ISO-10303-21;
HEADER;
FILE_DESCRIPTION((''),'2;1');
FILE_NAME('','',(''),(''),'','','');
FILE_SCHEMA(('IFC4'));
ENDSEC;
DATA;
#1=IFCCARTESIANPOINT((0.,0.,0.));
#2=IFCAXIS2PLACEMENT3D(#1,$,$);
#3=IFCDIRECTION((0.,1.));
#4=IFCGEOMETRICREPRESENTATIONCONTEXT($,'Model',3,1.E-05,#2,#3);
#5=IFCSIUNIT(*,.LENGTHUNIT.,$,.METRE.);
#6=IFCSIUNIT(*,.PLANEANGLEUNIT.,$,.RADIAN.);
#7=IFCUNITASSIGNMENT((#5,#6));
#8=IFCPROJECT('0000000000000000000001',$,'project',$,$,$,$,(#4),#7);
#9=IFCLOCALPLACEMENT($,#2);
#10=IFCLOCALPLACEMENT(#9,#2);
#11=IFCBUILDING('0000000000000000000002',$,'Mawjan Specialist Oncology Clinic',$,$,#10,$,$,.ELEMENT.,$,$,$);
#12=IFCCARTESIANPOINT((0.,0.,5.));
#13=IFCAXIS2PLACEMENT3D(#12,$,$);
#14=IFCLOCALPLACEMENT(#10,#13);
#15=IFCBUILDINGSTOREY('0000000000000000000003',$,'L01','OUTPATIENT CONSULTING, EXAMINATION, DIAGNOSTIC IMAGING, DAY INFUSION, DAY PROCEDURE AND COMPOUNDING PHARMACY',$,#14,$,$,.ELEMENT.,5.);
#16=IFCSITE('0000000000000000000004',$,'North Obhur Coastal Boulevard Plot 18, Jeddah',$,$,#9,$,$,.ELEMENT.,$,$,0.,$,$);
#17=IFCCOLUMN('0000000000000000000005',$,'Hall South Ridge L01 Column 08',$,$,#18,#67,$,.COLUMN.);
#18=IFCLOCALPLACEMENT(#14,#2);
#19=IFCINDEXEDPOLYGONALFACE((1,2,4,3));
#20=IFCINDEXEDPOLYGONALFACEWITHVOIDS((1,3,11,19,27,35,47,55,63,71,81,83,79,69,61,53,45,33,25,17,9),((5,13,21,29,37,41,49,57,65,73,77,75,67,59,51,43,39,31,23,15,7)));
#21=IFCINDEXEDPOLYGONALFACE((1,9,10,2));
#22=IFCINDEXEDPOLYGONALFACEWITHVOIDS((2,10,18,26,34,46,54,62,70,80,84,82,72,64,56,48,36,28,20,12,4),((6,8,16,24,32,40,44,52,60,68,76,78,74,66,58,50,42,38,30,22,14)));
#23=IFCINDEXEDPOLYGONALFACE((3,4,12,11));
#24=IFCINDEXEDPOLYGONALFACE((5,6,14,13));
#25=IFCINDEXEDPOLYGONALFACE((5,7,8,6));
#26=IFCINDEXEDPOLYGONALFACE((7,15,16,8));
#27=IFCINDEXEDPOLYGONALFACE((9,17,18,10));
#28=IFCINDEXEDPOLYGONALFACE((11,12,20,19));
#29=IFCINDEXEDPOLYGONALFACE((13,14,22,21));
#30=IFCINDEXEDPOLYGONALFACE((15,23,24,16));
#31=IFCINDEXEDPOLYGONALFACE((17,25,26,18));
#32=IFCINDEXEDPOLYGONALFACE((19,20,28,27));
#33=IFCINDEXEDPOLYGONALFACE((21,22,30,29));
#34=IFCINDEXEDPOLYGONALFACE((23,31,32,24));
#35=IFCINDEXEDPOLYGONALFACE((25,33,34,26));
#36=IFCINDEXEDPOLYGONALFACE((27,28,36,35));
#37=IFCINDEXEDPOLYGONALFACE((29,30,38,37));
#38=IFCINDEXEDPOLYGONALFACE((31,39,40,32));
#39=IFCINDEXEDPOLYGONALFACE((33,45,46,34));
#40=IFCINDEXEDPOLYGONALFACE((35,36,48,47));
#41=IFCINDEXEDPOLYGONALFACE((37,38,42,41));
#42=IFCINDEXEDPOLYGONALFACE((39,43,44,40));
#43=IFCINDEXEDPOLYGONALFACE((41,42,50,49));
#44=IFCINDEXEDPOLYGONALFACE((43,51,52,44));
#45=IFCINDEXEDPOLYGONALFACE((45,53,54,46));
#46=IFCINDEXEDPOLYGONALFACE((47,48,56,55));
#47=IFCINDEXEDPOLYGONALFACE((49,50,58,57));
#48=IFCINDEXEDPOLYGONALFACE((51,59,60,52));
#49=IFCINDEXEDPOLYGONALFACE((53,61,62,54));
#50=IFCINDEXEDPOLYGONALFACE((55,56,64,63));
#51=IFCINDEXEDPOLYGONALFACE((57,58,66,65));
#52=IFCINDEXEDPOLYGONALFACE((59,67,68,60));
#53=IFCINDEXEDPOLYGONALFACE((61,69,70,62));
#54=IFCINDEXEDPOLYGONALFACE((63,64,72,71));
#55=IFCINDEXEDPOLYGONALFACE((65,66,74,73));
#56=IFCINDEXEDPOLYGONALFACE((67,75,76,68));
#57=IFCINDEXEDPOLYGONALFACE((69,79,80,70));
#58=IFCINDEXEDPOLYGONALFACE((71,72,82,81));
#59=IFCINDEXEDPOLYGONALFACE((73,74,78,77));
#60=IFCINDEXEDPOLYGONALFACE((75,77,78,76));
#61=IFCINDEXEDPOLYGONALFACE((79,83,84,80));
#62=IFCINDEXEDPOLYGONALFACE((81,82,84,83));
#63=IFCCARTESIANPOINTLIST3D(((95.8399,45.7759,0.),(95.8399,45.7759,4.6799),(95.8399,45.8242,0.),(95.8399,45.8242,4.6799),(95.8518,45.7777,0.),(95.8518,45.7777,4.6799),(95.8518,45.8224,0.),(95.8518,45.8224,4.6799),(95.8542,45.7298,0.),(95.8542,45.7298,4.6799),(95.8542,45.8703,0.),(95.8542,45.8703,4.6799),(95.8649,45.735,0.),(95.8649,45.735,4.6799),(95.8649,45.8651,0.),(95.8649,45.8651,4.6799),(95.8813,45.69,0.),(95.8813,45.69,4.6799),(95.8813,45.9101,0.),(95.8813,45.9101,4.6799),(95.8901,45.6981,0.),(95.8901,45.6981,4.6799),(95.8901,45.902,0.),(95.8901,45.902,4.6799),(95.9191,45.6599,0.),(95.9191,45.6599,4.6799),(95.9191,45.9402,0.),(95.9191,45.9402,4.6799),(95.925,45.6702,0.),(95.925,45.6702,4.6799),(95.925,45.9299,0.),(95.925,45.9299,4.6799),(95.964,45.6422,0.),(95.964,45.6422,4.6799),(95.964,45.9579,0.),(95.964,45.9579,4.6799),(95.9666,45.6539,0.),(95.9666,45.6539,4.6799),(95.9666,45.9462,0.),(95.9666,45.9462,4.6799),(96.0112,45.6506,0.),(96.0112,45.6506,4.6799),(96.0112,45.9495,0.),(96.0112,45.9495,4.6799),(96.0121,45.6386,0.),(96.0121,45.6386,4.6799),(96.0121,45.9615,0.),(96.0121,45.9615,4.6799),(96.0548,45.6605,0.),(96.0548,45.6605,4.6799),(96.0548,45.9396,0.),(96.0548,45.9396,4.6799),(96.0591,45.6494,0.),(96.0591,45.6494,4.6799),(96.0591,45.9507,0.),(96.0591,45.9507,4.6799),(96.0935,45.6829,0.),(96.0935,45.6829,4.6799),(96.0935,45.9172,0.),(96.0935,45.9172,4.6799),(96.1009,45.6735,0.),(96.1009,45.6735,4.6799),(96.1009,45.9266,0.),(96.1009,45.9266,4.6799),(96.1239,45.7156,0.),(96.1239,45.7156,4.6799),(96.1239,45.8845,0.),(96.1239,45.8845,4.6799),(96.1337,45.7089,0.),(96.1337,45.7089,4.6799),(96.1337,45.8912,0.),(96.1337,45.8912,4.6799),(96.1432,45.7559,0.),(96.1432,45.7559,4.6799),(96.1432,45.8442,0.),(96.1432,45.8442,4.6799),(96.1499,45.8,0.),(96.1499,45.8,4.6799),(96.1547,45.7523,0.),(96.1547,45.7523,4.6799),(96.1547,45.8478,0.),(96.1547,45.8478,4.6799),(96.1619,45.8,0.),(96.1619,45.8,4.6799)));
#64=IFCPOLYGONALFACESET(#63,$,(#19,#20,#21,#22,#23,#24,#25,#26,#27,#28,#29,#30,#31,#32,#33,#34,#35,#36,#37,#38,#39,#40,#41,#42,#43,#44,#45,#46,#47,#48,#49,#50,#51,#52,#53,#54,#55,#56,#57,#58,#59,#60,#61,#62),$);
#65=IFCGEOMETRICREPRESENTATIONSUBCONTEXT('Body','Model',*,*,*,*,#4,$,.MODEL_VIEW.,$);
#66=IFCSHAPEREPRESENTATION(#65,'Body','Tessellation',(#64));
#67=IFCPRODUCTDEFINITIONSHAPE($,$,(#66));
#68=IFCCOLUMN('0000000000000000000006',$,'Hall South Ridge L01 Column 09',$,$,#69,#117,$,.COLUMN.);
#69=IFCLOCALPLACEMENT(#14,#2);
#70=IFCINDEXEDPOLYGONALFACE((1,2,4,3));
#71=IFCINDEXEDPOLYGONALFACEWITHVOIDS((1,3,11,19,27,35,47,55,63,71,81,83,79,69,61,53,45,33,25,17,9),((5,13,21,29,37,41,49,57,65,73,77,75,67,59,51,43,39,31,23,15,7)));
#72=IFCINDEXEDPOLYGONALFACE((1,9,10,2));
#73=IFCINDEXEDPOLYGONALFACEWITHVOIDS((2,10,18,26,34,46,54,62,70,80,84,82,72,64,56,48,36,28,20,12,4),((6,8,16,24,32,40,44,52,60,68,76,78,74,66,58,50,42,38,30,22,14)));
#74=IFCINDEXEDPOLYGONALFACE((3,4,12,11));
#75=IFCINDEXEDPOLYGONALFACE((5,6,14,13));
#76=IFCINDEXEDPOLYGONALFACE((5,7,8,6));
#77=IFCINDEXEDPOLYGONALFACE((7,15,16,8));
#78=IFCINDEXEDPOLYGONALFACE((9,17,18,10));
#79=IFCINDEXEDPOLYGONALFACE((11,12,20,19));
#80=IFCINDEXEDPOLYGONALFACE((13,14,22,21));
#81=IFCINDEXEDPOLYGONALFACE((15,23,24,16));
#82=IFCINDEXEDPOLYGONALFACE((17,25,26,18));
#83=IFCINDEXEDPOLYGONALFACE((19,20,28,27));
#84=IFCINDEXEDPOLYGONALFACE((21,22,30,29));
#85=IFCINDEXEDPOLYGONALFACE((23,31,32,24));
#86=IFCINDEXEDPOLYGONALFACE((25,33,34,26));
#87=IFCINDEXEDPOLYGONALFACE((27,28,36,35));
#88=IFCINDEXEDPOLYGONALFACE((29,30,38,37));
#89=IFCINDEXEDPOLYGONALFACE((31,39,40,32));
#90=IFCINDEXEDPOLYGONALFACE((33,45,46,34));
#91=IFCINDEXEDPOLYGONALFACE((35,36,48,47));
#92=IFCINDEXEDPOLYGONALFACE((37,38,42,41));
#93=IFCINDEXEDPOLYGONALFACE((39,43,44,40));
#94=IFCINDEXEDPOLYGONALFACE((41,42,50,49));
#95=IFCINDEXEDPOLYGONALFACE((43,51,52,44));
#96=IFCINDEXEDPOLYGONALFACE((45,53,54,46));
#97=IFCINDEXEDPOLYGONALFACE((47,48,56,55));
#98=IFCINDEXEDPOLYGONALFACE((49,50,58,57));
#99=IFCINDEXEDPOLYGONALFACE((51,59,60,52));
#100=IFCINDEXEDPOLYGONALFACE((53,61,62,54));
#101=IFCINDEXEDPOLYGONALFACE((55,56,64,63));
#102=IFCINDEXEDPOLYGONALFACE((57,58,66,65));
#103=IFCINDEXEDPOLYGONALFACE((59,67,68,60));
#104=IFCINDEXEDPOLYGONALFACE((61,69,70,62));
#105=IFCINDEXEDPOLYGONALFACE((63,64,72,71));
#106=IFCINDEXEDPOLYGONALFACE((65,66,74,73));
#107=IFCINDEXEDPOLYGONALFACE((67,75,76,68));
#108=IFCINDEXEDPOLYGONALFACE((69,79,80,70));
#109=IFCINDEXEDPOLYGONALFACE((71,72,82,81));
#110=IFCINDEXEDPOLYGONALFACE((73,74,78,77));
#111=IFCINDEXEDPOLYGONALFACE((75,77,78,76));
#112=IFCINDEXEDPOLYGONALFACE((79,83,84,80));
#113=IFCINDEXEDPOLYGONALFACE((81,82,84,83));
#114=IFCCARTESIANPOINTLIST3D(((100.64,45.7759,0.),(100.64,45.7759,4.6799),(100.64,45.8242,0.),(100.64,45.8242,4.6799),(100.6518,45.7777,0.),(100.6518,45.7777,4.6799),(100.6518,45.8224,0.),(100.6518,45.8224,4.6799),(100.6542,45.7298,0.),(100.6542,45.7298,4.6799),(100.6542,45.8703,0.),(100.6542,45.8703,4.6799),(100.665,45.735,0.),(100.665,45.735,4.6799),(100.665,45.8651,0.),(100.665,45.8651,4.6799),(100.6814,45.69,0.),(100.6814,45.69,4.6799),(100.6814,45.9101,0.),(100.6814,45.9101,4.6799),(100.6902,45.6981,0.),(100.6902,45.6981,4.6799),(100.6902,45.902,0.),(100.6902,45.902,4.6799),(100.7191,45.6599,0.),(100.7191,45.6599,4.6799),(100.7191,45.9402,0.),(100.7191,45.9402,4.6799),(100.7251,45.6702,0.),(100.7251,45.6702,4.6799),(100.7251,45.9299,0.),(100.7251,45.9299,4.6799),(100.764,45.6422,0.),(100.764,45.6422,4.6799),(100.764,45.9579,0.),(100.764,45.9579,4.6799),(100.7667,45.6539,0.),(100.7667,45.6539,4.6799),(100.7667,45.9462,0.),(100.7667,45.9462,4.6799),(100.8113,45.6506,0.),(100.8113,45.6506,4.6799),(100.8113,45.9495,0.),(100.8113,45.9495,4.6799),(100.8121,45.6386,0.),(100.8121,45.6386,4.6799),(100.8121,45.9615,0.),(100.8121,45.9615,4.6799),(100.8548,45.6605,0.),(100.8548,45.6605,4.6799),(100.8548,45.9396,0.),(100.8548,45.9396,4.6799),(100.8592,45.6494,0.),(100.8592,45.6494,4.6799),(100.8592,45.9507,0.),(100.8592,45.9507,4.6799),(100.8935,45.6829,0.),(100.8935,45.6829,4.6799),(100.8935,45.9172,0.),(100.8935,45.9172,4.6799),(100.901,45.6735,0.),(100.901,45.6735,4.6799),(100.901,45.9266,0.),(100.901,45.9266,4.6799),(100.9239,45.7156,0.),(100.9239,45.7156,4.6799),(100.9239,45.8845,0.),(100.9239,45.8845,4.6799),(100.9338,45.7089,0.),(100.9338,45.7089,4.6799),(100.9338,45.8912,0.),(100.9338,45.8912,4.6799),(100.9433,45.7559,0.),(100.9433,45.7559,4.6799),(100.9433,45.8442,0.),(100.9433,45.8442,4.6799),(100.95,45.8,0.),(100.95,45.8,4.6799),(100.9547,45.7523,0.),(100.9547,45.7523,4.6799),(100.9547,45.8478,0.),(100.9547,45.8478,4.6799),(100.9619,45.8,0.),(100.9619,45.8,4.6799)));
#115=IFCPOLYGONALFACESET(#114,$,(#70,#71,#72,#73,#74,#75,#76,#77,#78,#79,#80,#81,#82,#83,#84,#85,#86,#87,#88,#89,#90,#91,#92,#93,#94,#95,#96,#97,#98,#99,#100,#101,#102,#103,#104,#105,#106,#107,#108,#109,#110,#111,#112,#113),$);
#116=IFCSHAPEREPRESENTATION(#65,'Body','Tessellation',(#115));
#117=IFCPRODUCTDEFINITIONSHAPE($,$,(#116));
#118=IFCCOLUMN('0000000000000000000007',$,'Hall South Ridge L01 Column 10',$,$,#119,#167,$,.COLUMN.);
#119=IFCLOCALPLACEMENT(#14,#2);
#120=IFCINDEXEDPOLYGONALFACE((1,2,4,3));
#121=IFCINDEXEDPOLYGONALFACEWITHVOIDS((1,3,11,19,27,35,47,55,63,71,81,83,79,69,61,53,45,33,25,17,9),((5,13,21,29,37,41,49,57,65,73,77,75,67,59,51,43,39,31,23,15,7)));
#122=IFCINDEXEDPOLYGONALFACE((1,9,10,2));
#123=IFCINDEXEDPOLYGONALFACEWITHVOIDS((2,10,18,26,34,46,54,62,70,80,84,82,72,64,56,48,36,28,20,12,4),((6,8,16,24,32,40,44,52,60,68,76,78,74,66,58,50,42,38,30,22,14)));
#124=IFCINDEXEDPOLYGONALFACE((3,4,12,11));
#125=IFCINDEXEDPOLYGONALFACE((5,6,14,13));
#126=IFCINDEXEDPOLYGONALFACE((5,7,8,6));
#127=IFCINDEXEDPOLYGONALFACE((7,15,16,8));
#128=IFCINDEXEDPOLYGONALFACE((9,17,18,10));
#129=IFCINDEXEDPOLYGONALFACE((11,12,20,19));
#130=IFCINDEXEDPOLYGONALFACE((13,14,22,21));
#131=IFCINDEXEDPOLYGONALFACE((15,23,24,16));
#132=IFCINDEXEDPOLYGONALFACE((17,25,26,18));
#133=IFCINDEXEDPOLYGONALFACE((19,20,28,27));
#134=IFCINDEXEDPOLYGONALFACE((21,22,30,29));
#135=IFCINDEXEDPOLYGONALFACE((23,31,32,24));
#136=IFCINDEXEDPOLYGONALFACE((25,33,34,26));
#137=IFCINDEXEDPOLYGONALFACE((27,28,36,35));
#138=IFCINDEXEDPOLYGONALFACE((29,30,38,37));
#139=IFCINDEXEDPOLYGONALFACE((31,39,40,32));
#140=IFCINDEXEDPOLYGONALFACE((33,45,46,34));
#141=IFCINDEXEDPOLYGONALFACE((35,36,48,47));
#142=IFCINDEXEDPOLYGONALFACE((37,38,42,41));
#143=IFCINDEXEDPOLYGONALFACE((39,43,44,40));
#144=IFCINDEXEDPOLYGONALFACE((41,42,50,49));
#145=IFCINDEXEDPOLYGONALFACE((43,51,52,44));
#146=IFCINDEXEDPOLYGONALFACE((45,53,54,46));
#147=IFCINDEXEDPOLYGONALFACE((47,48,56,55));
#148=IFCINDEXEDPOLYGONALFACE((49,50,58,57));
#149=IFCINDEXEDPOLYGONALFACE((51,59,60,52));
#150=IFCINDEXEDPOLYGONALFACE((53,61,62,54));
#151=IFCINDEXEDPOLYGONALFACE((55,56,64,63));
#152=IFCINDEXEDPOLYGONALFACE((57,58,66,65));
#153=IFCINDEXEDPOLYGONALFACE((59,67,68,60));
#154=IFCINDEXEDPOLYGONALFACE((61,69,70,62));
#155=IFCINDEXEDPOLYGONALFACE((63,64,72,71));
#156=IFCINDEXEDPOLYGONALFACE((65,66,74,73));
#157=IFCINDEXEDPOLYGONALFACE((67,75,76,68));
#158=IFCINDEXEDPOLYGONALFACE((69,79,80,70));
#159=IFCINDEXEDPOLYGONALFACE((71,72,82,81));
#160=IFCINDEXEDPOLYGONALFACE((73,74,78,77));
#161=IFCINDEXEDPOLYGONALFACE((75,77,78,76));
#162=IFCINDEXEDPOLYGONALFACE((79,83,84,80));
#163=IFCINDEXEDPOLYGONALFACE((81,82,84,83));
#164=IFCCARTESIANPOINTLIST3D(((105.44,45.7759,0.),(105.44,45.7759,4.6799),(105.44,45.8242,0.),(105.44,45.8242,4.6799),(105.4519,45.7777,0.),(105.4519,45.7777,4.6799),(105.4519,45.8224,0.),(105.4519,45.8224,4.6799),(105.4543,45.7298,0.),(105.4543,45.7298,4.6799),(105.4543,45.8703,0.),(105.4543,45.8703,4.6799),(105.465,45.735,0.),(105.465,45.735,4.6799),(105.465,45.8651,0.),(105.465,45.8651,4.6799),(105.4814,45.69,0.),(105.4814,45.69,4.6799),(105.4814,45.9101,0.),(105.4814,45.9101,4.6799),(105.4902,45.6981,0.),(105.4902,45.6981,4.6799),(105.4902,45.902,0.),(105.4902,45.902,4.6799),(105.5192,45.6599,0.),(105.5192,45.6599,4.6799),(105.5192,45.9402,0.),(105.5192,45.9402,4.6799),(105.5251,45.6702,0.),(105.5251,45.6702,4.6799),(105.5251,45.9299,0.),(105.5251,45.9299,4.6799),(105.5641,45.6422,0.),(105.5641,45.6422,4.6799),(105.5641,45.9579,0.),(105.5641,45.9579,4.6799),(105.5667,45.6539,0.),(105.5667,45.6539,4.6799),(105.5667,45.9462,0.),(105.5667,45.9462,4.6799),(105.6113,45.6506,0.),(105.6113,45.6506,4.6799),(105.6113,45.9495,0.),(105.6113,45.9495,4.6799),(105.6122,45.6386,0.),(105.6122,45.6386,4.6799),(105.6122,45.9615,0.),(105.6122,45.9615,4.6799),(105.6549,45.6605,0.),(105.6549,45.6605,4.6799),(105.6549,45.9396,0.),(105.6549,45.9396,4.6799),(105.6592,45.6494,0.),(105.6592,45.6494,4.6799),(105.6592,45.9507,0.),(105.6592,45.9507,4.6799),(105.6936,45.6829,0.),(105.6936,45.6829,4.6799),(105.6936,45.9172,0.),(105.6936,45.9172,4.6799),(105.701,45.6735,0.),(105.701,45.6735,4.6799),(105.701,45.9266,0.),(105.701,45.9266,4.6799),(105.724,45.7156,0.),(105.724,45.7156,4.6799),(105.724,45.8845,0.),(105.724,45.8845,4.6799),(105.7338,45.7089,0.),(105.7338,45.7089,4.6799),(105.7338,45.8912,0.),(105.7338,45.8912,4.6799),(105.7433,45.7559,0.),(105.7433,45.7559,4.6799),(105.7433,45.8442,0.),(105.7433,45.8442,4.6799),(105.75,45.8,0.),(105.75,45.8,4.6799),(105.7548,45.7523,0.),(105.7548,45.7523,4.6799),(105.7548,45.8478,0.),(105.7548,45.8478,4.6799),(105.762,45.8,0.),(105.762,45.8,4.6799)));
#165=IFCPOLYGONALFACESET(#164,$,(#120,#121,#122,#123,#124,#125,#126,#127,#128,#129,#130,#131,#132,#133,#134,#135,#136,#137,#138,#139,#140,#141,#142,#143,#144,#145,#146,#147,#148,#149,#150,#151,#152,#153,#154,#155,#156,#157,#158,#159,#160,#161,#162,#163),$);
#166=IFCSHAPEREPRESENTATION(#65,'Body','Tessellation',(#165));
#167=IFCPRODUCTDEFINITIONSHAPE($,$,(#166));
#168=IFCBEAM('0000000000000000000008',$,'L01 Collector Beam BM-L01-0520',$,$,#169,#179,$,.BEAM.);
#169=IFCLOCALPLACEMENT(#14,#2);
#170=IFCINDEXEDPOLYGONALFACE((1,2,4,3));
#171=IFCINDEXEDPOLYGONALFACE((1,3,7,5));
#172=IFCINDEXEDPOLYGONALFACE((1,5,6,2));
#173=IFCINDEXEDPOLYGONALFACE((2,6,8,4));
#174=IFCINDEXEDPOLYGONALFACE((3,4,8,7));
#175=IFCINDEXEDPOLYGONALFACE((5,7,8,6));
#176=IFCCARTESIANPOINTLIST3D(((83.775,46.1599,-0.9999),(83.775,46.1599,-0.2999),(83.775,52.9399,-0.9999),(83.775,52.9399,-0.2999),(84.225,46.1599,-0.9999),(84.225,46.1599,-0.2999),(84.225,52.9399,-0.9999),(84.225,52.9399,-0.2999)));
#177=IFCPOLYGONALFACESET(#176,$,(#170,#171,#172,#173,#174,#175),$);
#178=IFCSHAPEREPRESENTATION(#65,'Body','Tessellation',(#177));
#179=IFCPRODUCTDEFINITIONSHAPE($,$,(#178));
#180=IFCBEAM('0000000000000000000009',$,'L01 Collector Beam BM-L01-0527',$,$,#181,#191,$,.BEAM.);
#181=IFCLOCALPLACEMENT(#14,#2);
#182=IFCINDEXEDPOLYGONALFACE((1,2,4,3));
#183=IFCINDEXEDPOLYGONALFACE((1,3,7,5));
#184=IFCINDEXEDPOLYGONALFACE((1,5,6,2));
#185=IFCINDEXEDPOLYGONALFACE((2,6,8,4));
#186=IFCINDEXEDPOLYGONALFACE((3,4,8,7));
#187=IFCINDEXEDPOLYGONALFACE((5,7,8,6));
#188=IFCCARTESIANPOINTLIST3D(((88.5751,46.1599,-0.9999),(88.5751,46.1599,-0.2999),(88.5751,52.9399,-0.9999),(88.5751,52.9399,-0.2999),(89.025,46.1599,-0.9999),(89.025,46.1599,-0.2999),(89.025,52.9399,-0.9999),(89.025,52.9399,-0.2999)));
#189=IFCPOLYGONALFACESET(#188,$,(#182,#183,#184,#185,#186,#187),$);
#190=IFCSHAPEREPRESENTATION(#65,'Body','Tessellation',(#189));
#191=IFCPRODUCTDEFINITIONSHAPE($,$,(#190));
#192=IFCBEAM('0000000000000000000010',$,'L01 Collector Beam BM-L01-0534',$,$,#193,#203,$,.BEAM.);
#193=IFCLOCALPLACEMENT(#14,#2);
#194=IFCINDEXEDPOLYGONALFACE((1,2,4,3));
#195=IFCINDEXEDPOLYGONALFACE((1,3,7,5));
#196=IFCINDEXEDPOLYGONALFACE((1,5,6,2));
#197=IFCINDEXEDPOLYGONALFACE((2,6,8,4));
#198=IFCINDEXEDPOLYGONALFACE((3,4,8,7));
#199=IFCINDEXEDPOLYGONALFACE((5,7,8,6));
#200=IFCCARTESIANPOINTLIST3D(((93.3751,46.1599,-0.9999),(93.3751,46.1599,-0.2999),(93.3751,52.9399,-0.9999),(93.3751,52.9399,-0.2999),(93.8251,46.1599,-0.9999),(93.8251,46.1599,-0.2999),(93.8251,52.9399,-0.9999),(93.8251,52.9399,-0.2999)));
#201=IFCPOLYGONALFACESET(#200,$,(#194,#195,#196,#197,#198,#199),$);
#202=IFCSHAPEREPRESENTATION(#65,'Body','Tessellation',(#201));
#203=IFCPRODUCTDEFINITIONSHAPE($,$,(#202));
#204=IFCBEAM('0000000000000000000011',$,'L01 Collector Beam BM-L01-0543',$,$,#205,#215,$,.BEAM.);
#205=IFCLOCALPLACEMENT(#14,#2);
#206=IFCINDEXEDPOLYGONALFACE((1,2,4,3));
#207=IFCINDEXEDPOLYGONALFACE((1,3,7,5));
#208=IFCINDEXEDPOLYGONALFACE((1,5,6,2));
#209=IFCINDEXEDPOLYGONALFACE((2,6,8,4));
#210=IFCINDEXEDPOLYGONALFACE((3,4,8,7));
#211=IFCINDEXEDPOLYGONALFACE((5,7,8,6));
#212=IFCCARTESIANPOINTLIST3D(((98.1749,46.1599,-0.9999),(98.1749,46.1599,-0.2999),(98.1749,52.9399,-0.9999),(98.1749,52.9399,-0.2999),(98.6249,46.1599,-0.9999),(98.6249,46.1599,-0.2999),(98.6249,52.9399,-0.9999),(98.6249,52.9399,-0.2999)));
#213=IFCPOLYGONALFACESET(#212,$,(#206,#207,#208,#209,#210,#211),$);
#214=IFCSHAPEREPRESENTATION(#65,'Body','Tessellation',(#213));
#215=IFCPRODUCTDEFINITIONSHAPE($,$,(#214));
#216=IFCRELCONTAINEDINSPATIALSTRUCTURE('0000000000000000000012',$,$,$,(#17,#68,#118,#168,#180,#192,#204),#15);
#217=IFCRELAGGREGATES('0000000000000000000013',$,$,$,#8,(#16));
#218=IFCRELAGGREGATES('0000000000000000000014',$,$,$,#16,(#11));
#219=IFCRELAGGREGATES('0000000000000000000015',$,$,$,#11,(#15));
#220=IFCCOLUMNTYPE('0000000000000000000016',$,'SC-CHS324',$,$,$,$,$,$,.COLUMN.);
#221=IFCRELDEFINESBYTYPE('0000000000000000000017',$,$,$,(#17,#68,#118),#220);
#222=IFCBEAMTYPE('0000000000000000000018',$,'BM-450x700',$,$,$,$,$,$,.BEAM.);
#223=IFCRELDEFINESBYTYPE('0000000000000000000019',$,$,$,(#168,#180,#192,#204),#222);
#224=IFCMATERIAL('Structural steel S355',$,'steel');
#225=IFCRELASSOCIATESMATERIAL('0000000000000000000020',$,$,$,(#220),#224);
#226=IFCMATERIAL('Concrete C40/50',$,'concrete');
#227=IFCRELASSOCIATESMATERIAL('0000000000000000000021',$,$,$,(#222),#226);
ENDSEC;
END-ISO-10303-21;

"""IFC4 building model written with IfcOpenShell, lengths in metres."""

from ifc_helpers import new_model, si_unit, direction, frame, origin, origin_2d, place, context, subcontext, project, spatial, rectangle, hollow_circle, extrude, material, material_profile, profile_set, type_object, element, save


model = new_model("IFC4")

# Units and contexts
model_context = context("Model", 3, precision=1e-05, world=origin(), true_north=direction((0.0, 1.0)))
body_context = subcontext(model_context, "Body", "Model", "MODEL_VIEW")
ifc_project = project(units=[si_unit("LENGTHUNIT", "METRE"), si_unit("PLANEANGLEUNIT", "RADIAN")], contexts=[model_context])

# Site, building, storey
site_placement = place(None, origin())
site = spatial("IfcSite", under=ifc_project, at=site_placement, Name="North Obhur Coastal Boulevard Plot 18, Jeddah", CompositionType="ELEMENT", RefElevation=0.0)
building_placement = place(site_placement, origin())
building = spatial("IfcBuilding", under=site, at=building_placement, Name="Mawjan Specialist Oncology Clinic", CompositionType="ELEMENT")
storey_placement = place(building_placement, frame((0.0, 0.0, 5.0)))
storey = spatial("IfcBuildingStorey", under=building, at=storey_placement, Name="L01", Description="OUTPATIENT CONSULTING, EXAMINATION, DIAGNOSTIC IMAGING, DAY INFUSION, DAY PROCEDURE AND COMPOUNDING PHARMACY", CompositionType="ELEMENT", Elevation=5.0)

# Columns
ifc_material_1 = material(Name="Structural steel S355", Category="steel")
ifc_material_profile_1 = material_profile(ifc_material_1, hollow_circle(Radius=0.1619, WallThickness=0.012, at=origin_2d()), Name="CHS 323.9x12", Category="steel")
ifc_profile_set_1 = profile_set([ifc_material_profile_1], Name="Structural steel S355")
column_type_1 = type_object("IfcColumnType", Name="SC-CHS324", PredefinedType="COLUMN", material=ifc_profile_set_1)
for number, where, z_axis, x_axis, name in (
    (1, (96.0, 45.8, 0.0), (0.0, 0.0, 1.0), (1.0, 0.0, 0.0), "Hall South Ridge L01 Column 08"),
    (2, (100.8, 45.8, 0.0), (0.0, 0.0, 1.0), (1.0, 0.0, 0.0), "Hall South Ridge L01 Column 09"),
    (3, (105.6001, 45.8, 0.0), (0.0, 0.0, 1.0), (1.0, 0.0, 0.0), "Hall South Ridge L01 Column 10"),
):
    element("IfcColumn", number, at=place(storey_placement, frame(where, z_axis=z_axis, x_axis=x_axis)), inside=storey, type_object=column_type_1, Name=name, PredefinedType="COLUMN", context=body_context, shape_type="SweptSolid", body=[
        extrude(hollow_circle(Radius=0.1619, WallThickness=0.012, at=origin_2d()), origin(), (0.0, 0.0, 1.0), 4.6799),
    ])

# Beams
ifc_material_2 = material(Name="Concrete C40/50", Category="concrete")
ifc_material_profile_2 = material_profile(ifc_material_2, rectangle(XDim=0.45, YDim=0.7, at=origin_2d()), Name="RC BM 450x700", Category="concrete")
ifc_profile_set_2 = profile_set([ifc_material_profile_2], Name="Concrete C40/50")
beam_type_1 = type_object("IfcBeamType", Name="BM-450x700", PredefinedType="BEAM", material=ifc_profile_set_2)
for number, where, z_axis, x_axis, name in (
    (4, (84.0, 46.1599, -0.6499), (0.0, 1.0, 0.0), (-1.0, 0.0, 0.0), "L01 Collector Beam BM-L01-0520"),
    (5, (88.8, 46.1599, -0.6499), (0.0, 1.0, 0.0), (-1.0, 0.0, 0.0), "L01 Collector Beam BM-L01-0527"),
    (6, (93.6001, 46.1599, -0.6499), (0.0, 1.0, 0.0), (-1.0, 0.0, 0.0), "L01 Collector Beam BM-L01-0534"),
    (7, (98.3999, 46.1599, -0.6499), (0.0, 1.0, 0.0), (-1.0, 0.0, 0.0), "L01 Collector Beam BM-L01-0543"),
):
    element("IfcBeam", number, at=place(storey_placement, frame(where, z_axis=z_axis, x_axis=x_axis)), inside=storey, type_object=beam_type_1, Name=name, PredefinedType="BEAM", context=body_context, shape_type="SweptSolid", body=[
        extrude(rectangle(XDim=0.45, YDim=0.7, at=origin_2d()), origin(), (0.0, 0.0, 1.0), 6.78),
    ])

save(model, "model.ifc")
